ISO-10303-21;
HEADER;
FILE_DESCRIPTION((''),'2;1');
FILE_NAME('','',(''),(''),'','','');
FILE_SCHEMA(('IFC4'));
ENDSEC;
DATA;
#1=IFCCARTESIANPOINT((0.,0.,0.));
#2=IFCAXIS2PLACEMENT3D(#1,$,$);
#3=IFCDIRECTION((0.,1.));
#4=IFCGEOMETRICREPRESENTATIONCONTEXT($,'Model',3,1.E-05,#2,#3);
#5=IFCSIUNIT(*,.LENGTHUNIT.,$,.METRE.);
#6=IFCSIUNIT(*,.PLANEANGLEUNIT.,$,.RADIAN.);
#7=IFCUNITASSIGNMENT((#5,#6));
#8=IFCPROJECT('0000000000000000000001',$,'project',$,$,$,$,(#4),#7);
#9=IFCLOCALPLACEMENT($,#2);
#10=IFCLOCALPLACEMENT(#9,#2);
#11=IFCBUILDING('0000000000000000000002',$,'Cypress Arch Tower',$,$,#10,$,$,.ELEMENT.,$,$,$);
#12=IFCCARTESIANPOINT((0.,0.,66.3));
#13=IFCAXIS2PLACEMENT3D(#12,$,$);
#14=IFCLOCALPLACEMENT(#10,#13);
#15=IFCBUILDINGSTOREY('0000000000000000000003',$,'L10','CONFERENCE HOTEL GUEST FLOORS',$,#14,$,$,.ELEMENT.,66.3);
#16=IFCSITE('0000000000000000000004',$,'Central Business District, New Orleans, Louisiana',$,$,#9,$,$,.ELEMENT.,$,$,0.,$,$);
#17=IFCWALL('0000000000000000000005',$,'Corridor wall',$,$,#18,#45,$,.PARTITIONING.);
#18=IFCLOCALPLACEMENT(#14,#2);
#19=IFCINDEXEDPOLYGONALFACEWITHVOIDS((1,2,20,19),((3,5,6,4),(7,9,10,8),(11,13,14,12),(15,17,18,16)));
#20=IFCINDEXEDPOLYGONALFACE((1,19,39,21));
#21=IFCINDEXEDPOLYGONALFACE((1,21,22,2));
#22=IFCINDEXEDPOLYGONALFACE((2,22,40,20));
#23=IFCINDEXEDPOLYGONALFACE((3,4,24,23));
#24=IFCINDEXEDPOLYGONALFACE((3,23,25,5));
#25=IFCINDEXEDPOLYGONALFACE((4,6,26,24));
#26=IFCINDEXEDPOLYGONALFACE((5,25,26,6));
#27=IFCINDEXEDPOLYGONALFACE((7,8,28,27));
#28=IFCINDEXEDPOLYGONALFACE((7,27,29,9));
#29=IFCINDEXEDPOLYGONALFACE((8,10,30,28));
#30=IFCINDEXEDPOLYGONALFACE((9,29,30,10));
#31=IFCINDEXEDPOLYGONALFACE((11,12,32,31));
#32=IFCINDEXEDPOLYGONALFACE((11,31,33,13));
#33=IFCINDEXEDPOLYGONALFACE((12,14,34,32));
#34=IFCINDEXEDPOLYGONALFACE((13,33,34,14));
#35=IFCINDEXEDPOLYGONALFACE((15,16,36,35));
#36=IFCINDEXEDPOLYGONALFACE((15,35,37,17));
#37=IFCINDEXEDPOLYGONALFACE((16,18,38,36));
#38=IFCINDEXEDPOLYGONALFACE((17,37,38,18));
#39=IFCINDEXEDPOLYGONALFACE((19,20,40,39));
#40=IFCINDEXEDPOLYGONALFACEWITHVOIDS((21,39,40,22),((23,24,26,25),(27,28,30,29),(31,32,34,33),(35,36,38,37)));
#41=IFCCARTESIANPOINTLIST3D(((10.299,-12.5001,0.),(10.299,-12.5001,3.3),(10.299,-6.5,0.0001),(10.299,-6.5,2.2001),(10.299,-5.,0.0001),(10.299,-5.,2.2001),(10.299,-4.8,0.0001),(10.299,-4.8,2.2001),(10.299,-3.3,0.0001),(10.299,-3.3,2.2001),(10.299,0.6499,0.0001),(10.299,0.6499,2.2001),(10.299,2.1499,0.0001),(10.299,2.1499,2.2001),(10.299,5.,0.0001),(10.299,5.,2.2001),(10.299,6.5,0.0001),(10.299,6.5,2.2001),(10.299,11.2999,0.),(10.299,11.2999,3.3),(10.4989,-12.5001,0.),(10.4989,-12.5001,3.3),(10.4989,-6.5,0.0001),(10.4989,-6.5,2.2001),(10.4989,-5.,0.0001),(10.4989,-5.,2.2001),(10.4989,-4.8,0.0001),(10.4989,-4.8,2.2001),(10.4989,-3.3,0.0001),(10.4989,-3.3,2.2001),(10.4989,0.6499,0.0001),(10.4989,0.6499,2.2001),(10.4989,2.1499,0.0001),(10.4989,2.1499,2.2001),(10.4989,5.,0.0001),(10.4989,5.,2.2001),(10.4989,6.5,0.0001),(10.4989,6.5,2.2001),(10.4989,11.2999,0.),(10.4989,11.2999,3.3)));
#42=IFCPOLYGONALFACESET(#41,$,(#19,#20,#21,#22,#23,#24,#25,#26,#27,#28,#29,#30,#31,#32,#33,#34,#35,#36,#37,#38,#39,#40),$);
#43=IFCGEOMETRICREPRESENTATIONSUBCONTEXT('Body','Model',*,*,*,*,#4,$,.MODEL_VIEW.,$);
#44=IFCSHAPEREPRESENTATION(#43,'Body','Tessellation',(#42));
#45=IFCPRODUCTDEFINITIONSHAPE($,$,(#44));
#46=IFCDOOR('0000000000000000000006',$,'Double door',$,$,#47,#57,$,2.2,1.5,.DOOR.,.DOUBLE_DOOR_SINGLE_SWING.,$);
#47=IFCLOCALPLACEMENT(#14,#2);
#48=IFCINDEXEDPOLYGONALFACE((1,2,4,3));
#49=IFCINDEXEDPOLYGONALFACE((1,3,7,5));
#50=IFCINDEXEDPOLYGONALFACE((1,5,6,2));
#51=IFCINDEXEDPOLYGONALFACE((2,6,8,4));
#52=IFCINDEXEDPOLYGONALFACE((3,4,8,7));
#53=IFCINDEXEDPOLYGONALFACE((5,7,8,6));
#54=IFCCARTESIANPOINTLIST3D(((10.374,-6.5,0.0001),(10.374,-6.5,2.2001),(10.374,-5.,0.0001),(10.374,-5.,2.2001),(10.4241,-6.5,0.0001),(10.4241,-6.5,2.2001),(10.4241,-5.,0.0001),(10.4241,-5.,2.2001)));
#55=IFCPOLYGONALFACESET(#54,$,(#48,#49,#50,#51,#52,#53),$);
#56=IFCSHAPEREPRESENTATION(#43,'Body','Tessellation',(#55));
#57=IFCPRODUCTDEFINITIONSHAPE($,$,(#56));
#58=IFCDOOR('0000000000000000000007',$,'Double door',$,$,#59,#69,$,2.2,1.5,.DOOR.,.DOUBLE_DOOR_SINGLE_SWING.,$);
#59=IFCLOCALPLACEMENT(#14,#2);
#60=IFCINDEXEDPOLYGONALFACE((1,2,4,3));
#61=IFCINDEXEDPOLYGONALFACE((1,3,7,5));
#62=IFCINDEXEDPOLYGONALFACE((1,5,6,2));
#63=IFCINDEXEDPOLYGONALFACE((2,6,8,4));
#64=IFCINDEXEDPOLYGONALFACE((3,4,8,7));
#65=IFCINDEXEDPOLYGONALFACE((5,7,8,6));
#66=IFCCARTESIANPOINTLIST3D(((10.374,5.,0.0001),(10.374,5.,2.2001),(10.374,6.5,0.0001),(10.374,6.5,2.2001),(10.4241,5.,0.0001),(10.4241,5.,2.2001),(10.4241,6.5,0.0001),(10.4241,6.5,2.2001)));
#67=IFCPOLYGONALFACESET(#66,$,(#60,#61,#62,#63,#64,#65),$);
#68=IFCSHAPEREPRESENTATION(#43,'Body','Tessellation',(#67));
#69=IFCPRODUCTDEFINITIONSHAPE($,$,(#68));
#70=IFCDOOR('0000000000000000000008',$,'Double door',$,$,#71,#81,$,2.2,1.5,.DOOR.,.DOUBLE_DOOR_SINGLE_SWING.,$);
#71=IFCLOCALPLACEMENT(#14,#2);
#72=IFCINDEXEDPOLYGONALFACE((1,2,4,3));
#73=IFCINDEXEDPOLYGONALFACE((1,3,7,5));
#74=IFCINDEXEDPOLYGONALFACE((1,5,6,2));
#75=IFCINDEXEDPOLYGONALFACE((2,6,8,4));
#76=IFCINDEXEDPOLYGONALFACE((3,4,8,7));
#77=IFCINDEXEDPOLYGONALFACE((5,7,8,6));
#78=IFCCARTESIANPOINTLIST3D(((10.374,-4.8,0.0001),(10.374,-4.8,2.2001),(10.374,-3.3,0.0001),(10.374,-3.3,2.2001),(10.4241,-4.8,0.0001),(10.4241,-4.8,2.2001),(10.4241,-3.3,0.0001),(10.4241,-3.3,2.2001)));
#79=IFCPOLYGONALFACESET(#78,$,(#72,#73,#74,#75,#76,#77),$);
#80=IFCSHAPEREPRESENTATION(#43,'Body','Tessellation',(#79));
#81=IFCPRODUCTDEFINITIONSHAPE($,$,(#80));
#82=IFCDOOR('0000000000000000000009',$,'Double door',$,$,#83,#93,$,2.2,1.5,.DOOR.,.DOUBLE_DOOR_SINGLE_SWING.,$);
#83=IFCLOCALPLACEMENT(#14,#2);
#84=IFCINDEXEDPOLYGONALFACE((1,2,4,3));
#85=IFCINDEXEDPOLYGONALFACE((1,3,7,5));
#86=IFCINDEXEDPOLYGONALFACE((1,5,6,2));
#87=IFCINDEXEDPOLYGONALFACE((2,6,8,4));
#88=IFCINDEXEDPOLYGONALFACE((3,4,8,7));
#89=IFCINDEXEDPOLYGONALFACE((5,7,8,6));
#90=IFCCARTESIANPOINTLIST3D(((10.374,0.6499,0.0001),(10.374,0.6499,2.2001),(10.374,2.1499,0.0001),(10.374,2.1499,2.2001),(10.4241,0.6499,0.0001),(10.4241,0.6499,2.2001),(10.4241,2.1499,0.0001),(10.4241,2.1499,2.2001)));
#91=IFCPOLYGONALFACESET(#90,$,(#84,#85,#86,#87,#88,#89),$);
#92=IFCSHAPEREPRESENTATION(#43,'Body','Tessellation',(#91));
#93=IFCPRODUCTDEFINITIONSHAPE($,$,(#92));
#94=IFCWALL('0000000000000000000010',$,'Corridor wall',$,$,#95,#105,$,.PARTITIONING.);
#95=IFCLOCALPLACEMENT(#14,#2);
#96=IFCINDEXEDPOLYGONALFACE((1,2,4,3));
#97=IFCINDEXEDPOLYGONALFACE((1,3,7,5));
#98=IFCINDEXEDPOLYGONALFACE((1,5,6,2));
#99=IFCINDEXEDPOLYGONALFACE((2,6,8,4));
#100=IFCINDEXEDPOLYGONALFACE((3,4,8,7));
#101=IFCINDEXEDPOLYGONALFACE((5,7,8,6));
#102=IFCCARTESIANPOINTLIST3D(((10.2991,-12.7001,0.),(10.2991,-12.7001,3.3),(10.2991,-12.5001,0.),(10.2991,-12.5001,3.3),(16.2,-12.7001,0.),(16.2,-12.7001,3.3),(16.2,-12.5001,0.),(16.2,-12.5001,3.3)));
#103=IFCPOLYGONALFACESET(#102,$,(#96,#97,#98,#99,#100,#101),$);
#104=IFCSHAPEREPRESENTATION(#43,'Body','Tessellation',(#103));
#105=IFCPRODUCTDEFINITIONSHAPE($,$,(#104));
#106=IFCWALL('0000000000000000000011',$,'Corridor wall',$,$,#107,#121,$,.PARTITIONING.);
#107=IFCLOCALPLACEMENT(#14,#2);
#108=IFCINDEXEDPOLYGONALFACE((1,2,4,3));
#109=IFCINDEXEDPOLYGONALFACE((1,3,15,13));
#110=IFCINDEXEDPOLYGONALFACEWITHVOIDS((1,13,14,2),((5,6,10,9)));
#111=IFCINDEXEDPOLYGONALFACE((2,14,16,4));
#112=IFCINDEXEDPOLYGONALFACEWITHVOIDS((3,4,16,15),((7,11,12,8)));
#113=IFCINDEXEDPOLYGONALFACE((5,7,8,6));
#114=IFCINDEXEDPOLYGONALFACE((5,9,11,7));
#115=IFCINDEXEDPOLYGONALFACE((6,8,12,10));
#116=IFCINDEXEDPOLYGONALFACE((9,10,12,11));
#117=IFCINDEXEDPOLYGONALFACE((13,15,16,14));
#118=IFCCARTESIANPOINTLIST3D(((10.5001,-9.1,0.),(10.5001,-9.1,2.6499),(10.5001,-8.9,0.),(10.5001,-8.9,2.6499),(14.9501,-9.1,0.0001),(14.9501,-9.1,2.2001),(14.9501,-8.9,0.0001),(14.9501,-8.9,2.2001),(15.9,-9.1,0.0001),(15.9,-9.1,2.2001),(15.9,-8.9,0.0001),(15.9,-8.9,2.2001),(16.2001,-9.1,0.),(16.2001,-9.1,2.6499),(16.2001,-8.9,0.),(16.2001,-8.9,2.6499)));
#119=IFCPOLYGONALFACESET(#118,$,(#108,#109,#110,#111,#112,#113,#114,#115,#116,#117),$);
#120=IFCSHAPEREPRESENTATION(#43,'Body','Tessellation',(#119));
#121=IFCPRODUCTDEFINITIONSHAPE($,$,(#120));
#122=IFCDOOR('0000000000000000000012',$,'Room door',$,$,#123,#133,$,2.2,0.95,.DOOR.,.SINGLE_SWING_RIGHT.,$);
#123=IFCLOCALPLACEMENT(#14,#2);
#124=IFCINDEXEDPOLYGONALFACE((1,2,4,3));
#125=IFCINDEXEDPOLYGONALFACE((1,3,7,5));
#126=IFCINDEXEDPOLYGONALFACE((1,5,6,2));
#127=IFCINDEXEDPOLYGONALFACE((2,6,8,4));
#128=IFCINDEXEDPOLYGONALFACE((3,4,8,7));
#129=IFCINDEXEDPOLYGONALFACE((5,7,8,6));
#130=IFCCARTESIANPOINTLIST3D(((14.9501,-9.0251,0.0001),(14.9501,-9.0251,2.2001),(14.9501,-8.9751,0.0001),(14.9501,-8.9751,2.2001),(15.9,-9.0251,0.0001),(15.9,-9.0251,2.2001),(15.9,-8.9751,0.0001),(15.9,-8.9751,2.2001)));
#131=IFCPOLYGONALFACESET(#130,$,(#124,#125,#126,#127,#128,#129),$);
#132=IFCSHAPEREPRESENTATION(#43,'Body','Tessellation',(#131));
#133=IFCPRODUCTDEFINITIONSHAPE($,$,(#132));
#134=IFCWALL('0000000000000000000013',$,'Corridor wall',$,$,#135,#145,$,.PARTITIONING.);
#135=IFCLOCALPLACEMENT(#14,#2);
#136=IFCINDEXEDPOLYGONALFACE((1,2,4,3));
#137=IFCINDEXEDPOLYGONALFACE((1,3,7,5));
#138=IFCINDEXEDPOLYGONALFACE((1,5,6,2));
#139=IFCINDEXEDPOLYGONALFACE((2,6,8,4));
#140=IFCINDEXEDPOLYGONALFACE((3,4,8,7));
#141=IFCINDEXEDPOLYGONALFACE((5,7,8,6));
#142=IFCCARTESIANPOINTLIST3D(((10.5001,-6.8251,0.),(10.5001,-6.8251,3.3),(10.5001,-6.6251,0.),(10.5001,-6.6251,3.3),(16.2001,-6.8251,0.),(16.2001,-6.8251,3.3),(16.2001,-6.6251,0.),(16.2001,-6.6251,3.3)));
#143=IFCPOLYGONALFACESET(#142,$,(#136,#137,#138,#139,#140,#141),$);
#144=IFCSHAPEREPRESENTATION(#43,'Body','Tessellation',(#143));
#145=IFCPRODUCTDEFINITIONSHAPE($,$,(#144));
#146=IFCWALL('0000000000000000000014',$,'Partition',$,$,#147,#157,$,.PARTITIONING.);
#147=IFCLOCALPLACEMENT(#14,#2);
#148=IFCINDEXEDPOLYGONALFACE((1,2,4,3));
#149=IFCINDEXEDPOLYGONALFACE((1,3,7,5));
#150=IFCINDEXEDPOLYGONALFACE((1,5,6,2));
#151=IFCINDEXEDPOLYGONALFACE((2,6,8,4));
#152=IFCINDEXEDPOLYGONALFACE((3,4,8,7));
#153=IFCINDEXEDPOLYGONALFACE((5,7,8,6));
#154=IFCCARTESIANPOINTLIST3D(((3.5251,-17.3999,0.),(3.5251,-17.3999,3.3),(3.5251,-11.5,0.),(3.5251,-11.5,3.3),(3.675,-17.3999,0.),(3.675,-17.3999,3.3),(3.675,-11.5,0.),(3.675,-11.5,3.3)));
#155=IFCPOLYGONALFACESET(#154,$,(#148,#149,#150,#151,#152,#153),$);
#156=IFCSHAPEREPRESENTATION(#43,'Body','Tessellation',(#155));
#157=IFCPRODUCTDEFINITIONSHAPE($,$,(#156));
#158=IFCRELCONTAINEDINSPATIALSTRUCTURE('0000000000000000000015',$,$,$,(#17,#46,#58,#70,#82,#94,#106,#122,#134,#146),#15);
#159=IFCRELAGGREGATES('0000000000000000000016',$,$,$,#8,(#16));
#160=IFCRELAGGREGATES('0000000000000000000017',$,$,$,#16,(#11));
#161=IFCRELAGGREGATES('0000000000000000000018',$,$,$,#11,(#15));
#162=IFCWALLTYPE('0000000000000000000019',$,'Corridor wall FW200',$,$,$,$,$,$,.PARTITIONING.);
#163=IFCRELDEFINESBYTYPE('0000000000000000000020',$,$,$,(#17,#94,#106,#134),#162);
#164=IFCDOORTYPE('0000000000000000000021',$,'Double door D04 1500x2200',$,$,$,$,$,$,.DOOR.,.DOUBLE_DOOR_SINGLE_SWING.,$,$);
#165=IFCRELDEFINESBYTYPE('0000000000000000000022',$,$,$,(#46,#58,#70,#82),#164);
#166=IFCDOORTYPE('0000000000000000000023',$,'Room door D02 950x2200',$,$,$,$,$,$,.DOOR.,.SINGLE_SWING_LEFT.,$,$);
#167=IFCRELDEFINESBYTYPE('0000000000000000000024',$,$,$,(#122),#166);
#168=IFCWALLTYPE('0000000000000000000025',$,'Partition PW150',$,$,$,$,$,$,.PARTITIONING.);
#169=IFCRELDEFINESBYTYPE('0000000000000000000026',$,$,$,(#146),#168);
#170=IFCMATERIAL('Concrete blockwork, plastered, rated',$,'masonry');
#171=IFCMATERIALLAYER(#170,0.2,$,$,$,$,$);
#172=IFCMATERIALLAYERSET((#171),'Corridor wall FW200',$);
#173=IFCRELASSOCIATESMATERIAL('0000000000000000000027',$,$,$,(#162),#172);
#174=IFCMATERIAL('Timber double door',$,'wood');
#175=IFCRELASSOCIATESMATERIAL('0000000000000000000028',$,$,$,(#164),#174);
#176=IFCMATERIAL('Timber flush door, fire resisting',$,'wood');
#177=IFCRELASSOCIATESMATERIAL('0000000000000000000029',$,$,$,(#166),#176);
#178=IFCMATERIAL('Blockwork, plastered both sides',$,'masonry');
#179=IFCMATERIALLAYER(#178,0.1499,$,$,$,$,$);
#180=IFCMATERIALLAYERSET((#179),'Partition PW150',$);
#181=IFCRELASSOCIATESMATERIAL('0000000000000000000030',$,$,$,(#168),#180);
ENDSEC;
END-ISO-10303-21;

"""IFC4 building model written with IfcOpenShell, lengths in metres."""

from ifc_helpers import new_model, si_unit, direction, frame, frame_2d, origin, place, context, subcontext, project, spatial, rectangle, extrude, material, layer, layer_set, type_object, element, fill, save


model = new_model("IFC4")

# Units and contexts
model_context = context("Model", 3, precision=1e-05, world=origin(), true_north=direction((0.0, 1.0)))
body_context = subcontext(model_context, "Body", "Model", "MODEL_VIEW")
ifc_project = project(units=[si_unit("LENGTHUNIT", "METRE"), si_unit("PLANEANGLEUNIT", "RADIAN")], contexts=[model_context])

# Site, building, storey
site_placement = place(None, origin())
site = spatial("IfcSite", under=ifc_project, at=site_placement, Name="Central Business District, New Orleans, Louisiana", CompositionType="ELEMENT", RefElevation=0.0)
building_placement = place(site_placement, origin())
building = spatial("IfcBuilding", under=site, at=building_placement, Name="Cypress Arch Tower", CompositionType="ELEMENT")
storey_placement = place(building_placement, frame((0.0, 0.0, 66.3)))
storey = spatial("IfcBuildingStorey", under=building, at=storey_placement, Name="L10", Description="CONFERENCE HOTEL GUEST FLOORS", CompositionType="ELEMENT", Elevation=66.3)

# Shared definitions
ifc_material_1 = material(Name="Concrete blockwork, plastered, rated", Category="masonry")
ifc_layer_1 = layer(ifc_material_1, 0.2)
ifc_layer_set_1 = layer_set([ifc_layer_1], Name="Corridor wall FW200")
wall_type_1 = type_object("IfcWallType", Name="Corridor wall FW200", PredefinedType="PARTITIONING", material=ifc_layer_set_1)

# Wall, openings, doors
wall_1_placement = place(storey_placement, frame((10.3989, -12.5, 0.0), z_axis=(0.0, 0.0, 1.0), x_axis=(0.0, 1.0, 0.0)))
wall_1 = element("IfcWall", 1, at=wall_1_placement, inside=storey, type_object=wall_type_1, Name="Corridor wall", PredefinedType="PARTITIONING", context=body_context, shape_type="SweptSolid", body=[
    extrude(rectangle(XDim=23.8, YDim=0.2, at=frame_2d((11.8999, 0.0))), origin(), (0.0, 0.0, 1.0), 3.3),
])
opening_1_placement = place(wall_1_placement, frame((6.0, 0.0, 0.0)))
opening_1 = element("IfcOpeningElement", 2, at=opening_1_placement, cuts=wall_1, PredefinedType="OPENING", context=body_context, shape_type="SweptSolid", body=[
    extrude(rectangle(XDim=1.5, YDim=2.2, at=frame_2d((0.75, 1.1001))), frame((0.0, 0.1099, 0.0), z_axis=(0.0, -1.0, 0.0), x_axis=(1.0, 0.0, 0.0)), (0.0, 0.0, 1.0), 0.22),
])
opening_2_placement = place(wall_1_placement, frame((17.5, 0.0, 0.0)))
opening_2 = element("IfcOpeningElement", 3, at=opening_2_placement, cuts=wall_1, PredefinedType="OPENING", context=body_context, shape_type="SweptSolid", body=[
    extrude(rectangle(XDim=1.5, YDim=2.2, at=frame_2d((0.75, 1.1001))), frame((0.0, 0.1099, 0.0), z_axis=(0.0, -1.0, 0.0), x_axis=(1.0, 0.0, 0.0)), (0.0, 0.0, 1.0), 0.22),
])
opening_3_placement = place(wall_1_placement, frame((7.7, 0.0, 0.0)))
opening_3 = element("IfcOpeningElement", 4, at=opening_3_placement, cuts=wall_1, PredefinedType="OPENING", context=body_context, shape_type="SweptSolid", body=[
    extrude(rectangle(XDim=1.5, YDim=2.2, at=frame_2d((0.75, 1.1001))), frame((0.0, 0.1099, 0.0), z_axis=(0.0, -1.0, 0.0), x_axis=(1.0, 0.0, 0.0)), (0.0, 0.0, 1.0), 0.22),
])
opening_4_placement = place(wall_1_placement, frame((13.1499, 0.0, 0.0)))
opening_4 = element("IfcOpeningElement", 5, at=opening_4_placement, cuts=wall_1, PredefinedType="OPENING", context=body_context, shape_type="SweptSolid", body=[
    extrude(rectangle(XDim=1.5, YDim=2.2, at=frame_2d((0.75, 1.1001))), frame((0.0, 0.1099, 0.0), z_axis=(0.0, -1.0, 0.0), x_axis=(1.0, 0.0, 0.0)), (0.0, 0.0, 1.0), 0.22),
])
ifc_material_2 = material(Name="Timber double door", Category="wood")
door_type_1 = type_object("IfcDoorType", Name="Double door D04 1500x2200", OperationType="DOUBLE_DOOR_SINGLE_SWING", PredefinedType="DOOR", material=ifc_material_2)
door_1_placement = place(opening_1_placement, origin())
door_1 = element("IfcDoor", 6, at=door_1_placement, inside=storey, type_object=door_type_1, Name="Double door", OperationType="DOUBLE_DOOR_SINGLE_SWING", OverallHeight=2.2, OverallWidth=1.5, PredefinedType="DOOR", context=body_context, shape_type="SweptSolid", body=[
    extrude(rectangle(XDim=1.5, YDim=2.2, at=frame_2d((0.75, 1.1001))), frame((0.0, 0.0249, 0.0), z_axis=(0.0, -1.0, 0.0), x_axis=(1.0, 0.0, 0.0)), (0.0, 0.0, 1.0), 0.05),
])
fill(opening_1, door_1)
door_2_placement = place(opening_2_placement, origin())
door_2 = element("IfcDoor", 7, at=door_2_placement, inside=storey, type_object=door_type_1, Name="Double door", OperationType="DOUBLE_DOOR_SINGLE_SWING", OverallHeight=2.2, OverallWidth=1.5, PredefinedType="DOOR", context=body_context, shape_type="SweptSolid", body=[
    extrude(rectangle(XDim=1.5, YDim=2.2, at=frame_2d((0.75, 1.1001))), frame((0.0, 0.0249, 0.0), z_axis=(0.0, -1.0, 0.0), x_axis=(1.0, 0.0, 0.0)), (0.0, 0.0, 1.0), 0.05),
])
fill(opening_2, door_2)
door_3_placement = place(opening_3_placement, origin())
door_3 = element("IfcDoor", 8, at=door_3_placement, inside=storey, type_object=door_type_1, Name="Double door", OperationType="DOUBLE_DOOR_SINGLE_SWING", OverallHeight=2.2, OverallWidth=1.5, PredefinedType="DOOR", context=body_context, shape_type="SweptSolid", body=[
    extrude(rectangle(XDim=1.5, YDim=2.2, at=frame_2d((0.75, 1.1001))), frame((0.0, 0.0249, 0.0), z_axis=(0.0, -1.0, 0.0), x_axis=(1.0, 0.0, 0.0)), (0.0, 0.0, 1.0), 0.05),
])
fill(opening_3, door_3)
door_4_placement = place(opening_4_placement, origin())
door_4 = element("IfcDoor", 9, at=door_4_placement, inside=storey, type_object=door_type_1, Name="Double door", OperationType="DOUBLE_DOOR_SINGLE_SWING", OverallHeight=2.2, OverallWidth=1.5, PredefinedType="DOOR", context=body_context, shape_type="SweptSolid", body=[
    extrude(rectangle(XDim=1.5, YDim=2.2, at=frame_2d((0.75, 1.1001))), frame((0.0, 0.0249, 0.0), z_axis=(0.0, -1.0, 0.0), x_axis=(1.0, 0.0, 0.0)), (0.0, 0.0, 1.0), 0.05),
])
fill(opening_4, door_4)

# Wall
wall_2_placement = place(storey_placement, frame((10.2991, -12.6001, 0.0), z_axis=(0.0, 0.0, 1.0), x_axis=(1.0, 0.0, 0.0)))
element("IfcWall", 10, at=wall_2_placement, inside=storey, type_object=wall_type_1, Name="Corridor wall", PredefinedType="PARTITIONING", context=body_context, shape_type="SweptSolid", body=[
    extrude(rectangle(XDim=5.9009, YDim=0.2, at=frame_2d((2.9504, 0.0))), origin(), (0.0, 0.0, 1.0), 3.3),
])

# Wall, opening, door
wall_3_placement = place(storey_placement, frame((10.5, -9.0, 0.0), z_axis=(0.0, 0.0, 1.0), x_axis=(1.0, 0.0, 0.0)))
wall_3 = element("IfcWall", 11, at=wall_3_placement, inside=storey, type_object=wall_type_1, Name="Corridor wall", PredefinedType="PARTITIONING", context=body_context, shape_type="SweptSolid", body=[
    extrude(rectangle(XDim=5.7, YDim=0.2, at=frame_2d((2.8501, 0.0))), origin(), (0.0, 0.0, 1.0), 2.6499),
])
opening_5_placement = place(wall_3_placement, frame((4.45, 0.0, 0.0)))
opening_5 = element("IfcOpeningElement", 12, at=opening_5_placement, cuts=wall_3, PredefinedType="OPENING", context=body_context, shape_type="SweptSolid", body=[
    extrude(rectangle(XDim=0.95, YDim=2.2, at=frame_2d((0.4751, 1.1001))), frame((0.0, 0.1099, 0.0), z_axis=(0.0, -1.0, 0.0), x_axis=(1.0, 0.0, 0.0)), (0.0, 0.0, 1.0), 0.22),
])
ifc_material_3 = material(Name="Timber flush door, fire resisting", Category="wood")
door_type_2 = type_object("IfcDoorType", Name="Room door D02 950x2200", OperationType="SINGLE_SWING_LEFT", PredefinedType="DOOR", material=ifc_material_3)
door_5_placement = place(opening_5_placement, origin())
door_5 = element("IfcDoor", 13, at=door_5_placement, inside=storey, type_object=door_type_2, Name="Room door", OperationType="SINGLE_SWING_RIGHT", OverallHeight=2.2, OverallWidth=0.95, PredefinedType="DOOR", context=body_context, shape_type="SweptSolid", body=[
    extrude(rectangle(XDim=0.95, YDim=2.2, at=frame_2d((0.4751, 1.1001))), frame((0.0, 0.0249, 0.0), z_axis=(0.0, -1.0, 0.0), x_axis=(1.0, 0.0, 0.0)), (0.0, 0.0, 1.0), 0.05),
])
fill(opening_5, door_5)

# Walls
wall_4_placement = place(storey_placement, frame((10.5, -6.7251, 0.0), z_axis=(0.0, 0.0, 1.0), x_axis=(1.0, 0.0, 0.0)))
element("IfcWall", 14, at=wall_4_placement, inside=storey, type_object=wall_type_1, Name="Corridor wall", PredefinedType="PARTITIONING", context=body_context, shape_type="SweptSolid", body=[
    extrude(rectangle(XDim=5.7, YDim=0.2, at=frame_2d((2.8501, 0.0))), origin(), (0.0, 0.0, 1.0), 3.3),
])
ifc_material_4 = material(Name="Blockwork, plastered both sides", Category="masonry")
ifc_layer_2 = layer(ifc_material_4, 0.1499)
ifc_layer_set_2 = layer_set([ifc_layer_2], Name="Partition PW150")
wall_type_2 = type_object("IfcWallType", Name="Partition PW150", PredefinedType="PARTITIONING", material=ifc_layer_set_2)
wall_5_placement = place(storey_placement, frame((3.6001, -17.3999, 0.0), z_axis=(0.0, 0.0, 1.0), x_axis=(0.0, 1.0, 0.0)))
element("IfcWall", 15, at=wall_5_placement, inside=storey, type_object=wall_type_2, Name="Partition", PredefinedType="PARTITIONING", context=body_context, shape_type="SweptSolid", body=[
    extrude(rectangle(XDim=5.8999, YDim=0.1499, at=frame_2d((2.95, 0.0))), origin(), (0.0, 0.0, 1.0), 3.3),
])

save(model, "model.ifc")
